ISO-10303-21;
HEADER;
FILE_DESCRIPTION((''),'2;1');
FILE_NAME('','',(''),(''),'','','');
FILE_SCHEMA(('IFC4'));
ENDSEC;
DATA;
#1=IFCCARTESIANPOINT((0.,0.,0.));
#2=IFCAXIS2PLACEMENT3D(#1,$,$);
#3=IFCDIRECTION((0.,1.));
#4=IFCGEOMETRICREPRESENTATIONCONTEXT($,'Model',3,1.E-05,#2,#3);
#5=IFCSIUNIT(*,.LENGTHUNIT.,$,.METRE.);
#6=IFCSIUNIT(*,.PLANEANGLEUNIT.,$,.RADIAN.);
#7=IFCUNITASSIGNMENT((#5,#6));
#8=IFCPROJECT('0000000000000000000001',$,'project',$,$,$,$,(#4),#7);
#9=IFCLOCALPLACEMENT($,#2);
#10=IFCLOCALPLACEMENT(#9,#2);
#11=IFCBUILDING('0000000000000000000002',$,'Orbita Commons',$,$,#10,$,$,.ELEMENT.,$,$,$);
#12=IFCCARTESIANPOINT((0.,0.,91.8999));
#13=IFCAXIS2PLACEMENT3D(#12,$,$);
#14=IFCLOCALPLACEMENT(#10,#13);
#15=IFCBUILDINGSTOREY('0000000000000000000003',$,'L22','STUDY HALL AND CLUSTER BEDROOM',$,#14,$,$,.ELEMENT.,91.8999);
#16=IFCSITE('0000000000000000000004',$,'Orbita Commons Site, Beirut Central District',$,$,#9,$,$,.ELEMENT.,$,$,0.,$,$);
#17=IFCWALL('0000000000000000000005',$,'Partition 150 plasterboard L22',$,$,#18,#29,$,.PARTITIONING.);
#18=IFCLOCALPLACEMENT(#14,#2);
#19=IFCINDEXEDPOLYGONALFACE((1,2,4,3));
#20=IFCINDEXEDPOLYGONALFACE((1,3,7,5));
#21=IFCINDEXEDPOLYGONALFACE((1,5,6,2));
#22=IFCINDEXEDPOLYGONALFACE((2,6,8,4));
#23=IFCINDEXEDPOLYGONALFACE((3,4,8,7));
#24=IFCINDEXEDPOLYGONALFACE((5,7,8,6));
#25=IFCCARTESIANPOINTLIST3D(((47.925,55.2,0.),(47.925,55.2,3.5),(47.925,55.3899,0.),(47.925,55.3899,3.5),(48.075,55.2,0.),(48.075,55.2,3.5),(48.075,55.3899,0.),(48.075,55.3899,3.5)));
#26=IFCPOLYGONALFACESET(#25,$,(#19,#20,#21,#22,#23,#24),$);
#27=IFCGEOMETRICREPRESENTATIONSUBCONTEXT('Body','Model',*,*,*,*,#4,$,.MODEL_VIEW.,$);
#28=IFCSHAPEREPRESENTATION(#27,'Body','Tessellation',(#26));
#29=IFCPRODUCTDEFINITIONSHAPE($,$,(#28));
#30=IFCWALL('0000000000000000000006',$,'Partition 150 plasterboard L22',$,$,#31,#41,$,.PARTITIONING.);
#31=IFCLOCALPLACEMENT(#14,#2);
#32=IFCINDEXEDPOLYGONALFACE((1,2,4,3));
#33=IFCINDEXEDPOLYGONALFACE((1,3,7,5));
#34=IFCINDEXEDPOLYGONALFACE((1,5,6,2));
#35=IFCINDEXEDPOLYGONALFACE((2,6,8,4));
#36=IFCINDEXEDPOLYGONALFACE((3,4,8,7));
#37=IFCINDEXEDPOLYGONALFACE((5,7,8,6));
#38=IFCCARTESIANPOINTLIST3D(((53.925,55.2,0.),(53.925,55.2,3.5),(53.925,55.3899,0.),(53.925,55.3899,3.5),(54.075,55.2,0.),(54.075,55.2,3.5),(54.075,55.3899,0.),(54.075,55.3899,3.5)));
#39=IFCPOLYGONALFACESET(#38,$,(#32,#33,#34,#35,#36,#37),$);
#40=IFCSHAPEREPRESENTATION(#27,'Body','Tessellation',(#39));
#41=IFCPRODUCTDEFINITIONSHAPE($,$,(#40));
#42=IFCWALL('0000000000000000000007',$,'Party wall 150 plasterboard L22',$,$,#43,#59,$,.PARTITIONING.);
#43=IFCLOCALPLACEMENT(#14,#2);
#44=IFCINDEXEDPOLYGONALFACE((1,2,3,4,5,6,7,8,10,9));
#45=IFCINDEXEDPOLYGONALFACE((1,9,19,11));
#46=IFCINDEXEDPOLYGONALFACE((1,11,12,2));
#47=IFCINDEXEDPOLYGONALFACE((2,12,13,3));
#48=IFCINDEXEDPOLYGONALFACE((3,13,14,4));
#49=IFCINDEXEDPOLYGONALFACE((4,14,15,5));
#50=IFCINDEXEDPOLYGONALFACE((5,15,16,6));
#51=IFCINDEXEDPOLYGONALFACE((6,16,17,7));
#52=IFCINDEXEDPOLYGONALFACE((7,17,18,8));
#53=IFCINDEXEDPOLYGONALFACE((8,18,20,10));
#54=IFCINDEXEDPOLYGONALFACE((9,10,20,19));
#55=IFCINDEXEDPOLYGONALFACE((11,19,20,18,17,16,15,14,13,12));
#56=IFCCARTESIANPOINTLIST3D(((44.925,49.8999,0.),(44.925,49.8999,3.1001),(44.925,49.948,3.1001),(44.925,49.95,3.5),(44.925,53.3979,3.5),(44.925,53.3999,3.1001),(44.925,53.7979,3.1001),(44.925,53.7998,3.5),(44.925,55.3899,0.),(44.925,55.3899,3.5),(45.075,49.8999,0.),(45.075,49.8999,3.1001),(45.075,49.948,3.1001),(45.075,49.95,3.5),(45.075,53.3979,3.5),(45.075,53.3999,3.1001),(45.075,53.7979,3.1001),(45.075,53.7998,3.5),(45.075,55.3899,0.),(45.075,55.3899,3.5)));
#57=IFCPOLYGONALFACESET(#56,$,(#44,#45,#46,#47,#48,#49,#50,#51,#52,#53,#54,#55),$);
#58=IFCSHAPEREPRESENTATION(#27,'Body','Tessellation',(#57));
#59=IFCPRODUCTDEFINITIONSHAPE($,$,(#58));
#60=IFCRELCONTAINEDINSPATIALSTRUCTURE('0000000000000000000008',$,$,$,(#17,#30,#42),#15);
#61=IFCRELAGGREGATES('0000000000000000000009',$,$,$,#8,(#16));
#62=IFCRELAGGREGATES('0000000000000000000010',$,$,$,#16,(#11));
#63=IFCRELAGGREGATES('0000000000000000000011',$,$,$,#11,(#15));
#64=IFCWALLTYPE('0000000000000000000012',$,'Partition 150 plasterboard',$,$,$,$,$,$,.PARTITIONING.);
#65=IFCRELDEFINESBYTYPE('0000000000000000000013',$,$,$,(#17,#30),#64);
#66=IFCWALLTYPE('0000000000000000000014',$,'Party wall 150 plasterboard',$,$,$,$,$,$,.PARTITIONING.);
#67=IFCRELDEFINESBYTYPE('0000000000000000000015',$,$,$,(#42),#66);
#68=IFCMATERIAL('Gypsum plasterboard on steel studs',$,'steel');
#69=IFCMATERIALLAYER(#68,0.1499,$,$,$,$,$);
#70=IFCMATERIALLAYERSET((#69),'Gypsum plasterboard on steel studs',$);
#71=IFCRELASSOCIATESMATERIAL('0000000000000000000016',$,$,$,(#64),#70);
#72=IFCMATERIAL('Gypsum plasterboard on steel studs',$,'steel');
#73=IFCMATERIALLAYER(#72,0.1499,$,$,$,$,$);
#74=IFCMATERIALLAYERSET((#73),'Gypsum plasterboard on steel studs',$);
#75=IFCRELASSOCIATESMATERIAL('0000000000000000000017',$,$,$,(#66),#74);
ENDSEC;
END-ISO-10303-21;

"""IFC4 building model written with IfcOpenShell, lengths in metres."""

from ifc_helpers import new_model, si_unit, direction, frame, frame_2d, origin, place, context, subcontext, project, spatial, polyline, rectangle, outline, extrude, material, layer, layer_set, type_object, element, save


model = new_model("IFC4")

# Units and contexts
model_context = context("Model", 3, precision=1e-05, world=origin(), true_north=direction((0.0, 1.0)))
body_context = subcontext(model_context, "Body", "Model", "MODEL_VIEW")
ifc_project = project(units=[si_unit("LENGTHUNIT", "METRE"), si_unit("PLANEANGLEUNIT", "RADIAN")], contexts=[model_context])

# Site, building, storey
site_placement = place(None, origin())
site = spatial("IfcSite", under=ifc_project, at=site_placement, Name="Orbita Commons Site, Beirut Central District", CompositionType="ELEMENT", RefElevation=0.0)
building_placement = place(site_placement, origin())
building = spatial("IfcBuilding", under=site, at=building_placement, Name="Orbita Commons", CompositionType="ELEMENT")
storey_placement = place(building_placement, frame((0.0, 0.0, 91.8999)))
storey = spatial("IfcBuildingStorey", under=building, at=storey_placement, Name="L22", Description="STUDY HALL AND CLUSTER BEDROOM", CompositionType="ELEMENT", Elevation=91.8999)

# Walls
ifc_material_1 = material(Name="Gypsum plasterboard on steel studs", Category="steel")
ifc_layer_1 = layer(ifc_material_1, 0.1499)
ifc_layer_set_1 = layer_set([ifc_layer_1], Name="Gypsum plasterboard on steel studs")
wall_type_1 = type_object("IfcWallType", Name="Partition 150 plasterboard", PredefinedType="PARTITIONING", material=ifc_layer_set_1)
for number, where, z_axis, x_axis, name in (
    (1, (48.0, 55.2, 0.0), (0.0, 0.0, 1.0), (0.0, 1.0, 0.0), "Partition 150 plasterboard L22"),
    (2, (54.0, 55.2, 0.0), (0.0, 0.0, 1.0), (0.0, 1.0, 0.0), "Partition 150 plasterboard L22"),
):
    element("IfcWall", number, at=place(storey_placement, frame(where, z_axis=z_axis, x_axis=x_axis)), inside=storey, type_object=wall_type_1, Name=name, PredefinedType="PARTITIONING", context=body_context, shape_type="SweptSolid", body=[
        extrude(rectangle(XDim=0.1899, YDim=0.1499, at=frame_2d((0.095, 0.0))), origin(), (0.0, 0.0, 1.0), 3.5),
    ])
ifc_material_2 = material(Name="Gypsum plasterboard on steel studs", Category="steel")
ifc_layer_2 = layer(ifc_material_2, 0.1499)
ifc_layer_set_2 = layer_set([ifc_layer_2], Name="Gypsum plasterboard on steel studs")
wall_type_2 = type_object("IfcWallType", Name="Party wall 150 plasterboard", PredefinedType="PARTITIONING", material=ifc_layer_set_2)
wall_placement = place(storey_placement, frame((45.0, 55.3899, 0.0), z_axis=(0.0, 0.0, 1.0), x_axis=(0.0, -1.0, 0.0)))
element("IfcWall", 3, at=wall_placement, inside=storey, type_object=wall_type_2, Name="Party wall 150 plasterboard L22", PredefinedType="PARTITIONING", context=body_context, shape_type="SweptSolid", body=[
    extrude(outline(polyline([(0.0, 0.0), (5.49, 0.0), (5.49, 3.1001), (5.4419, 3.1001), (5.4399, 3.5), (1.9919, 3.5), (1.99, 3.1001), (1.592, 3.1001), (1.5901, 3.5), (0.0, 3.5), (0.0, 0.0)])), frame((0.0, 0.075, 0.0), z_axis=(0.0, -1.0, 0.0), x_axis=(1.0, 0.0, 0.0)), (0.0, 0.0, 1.0), 0.1499),
])

save(model, "model.ifc")
